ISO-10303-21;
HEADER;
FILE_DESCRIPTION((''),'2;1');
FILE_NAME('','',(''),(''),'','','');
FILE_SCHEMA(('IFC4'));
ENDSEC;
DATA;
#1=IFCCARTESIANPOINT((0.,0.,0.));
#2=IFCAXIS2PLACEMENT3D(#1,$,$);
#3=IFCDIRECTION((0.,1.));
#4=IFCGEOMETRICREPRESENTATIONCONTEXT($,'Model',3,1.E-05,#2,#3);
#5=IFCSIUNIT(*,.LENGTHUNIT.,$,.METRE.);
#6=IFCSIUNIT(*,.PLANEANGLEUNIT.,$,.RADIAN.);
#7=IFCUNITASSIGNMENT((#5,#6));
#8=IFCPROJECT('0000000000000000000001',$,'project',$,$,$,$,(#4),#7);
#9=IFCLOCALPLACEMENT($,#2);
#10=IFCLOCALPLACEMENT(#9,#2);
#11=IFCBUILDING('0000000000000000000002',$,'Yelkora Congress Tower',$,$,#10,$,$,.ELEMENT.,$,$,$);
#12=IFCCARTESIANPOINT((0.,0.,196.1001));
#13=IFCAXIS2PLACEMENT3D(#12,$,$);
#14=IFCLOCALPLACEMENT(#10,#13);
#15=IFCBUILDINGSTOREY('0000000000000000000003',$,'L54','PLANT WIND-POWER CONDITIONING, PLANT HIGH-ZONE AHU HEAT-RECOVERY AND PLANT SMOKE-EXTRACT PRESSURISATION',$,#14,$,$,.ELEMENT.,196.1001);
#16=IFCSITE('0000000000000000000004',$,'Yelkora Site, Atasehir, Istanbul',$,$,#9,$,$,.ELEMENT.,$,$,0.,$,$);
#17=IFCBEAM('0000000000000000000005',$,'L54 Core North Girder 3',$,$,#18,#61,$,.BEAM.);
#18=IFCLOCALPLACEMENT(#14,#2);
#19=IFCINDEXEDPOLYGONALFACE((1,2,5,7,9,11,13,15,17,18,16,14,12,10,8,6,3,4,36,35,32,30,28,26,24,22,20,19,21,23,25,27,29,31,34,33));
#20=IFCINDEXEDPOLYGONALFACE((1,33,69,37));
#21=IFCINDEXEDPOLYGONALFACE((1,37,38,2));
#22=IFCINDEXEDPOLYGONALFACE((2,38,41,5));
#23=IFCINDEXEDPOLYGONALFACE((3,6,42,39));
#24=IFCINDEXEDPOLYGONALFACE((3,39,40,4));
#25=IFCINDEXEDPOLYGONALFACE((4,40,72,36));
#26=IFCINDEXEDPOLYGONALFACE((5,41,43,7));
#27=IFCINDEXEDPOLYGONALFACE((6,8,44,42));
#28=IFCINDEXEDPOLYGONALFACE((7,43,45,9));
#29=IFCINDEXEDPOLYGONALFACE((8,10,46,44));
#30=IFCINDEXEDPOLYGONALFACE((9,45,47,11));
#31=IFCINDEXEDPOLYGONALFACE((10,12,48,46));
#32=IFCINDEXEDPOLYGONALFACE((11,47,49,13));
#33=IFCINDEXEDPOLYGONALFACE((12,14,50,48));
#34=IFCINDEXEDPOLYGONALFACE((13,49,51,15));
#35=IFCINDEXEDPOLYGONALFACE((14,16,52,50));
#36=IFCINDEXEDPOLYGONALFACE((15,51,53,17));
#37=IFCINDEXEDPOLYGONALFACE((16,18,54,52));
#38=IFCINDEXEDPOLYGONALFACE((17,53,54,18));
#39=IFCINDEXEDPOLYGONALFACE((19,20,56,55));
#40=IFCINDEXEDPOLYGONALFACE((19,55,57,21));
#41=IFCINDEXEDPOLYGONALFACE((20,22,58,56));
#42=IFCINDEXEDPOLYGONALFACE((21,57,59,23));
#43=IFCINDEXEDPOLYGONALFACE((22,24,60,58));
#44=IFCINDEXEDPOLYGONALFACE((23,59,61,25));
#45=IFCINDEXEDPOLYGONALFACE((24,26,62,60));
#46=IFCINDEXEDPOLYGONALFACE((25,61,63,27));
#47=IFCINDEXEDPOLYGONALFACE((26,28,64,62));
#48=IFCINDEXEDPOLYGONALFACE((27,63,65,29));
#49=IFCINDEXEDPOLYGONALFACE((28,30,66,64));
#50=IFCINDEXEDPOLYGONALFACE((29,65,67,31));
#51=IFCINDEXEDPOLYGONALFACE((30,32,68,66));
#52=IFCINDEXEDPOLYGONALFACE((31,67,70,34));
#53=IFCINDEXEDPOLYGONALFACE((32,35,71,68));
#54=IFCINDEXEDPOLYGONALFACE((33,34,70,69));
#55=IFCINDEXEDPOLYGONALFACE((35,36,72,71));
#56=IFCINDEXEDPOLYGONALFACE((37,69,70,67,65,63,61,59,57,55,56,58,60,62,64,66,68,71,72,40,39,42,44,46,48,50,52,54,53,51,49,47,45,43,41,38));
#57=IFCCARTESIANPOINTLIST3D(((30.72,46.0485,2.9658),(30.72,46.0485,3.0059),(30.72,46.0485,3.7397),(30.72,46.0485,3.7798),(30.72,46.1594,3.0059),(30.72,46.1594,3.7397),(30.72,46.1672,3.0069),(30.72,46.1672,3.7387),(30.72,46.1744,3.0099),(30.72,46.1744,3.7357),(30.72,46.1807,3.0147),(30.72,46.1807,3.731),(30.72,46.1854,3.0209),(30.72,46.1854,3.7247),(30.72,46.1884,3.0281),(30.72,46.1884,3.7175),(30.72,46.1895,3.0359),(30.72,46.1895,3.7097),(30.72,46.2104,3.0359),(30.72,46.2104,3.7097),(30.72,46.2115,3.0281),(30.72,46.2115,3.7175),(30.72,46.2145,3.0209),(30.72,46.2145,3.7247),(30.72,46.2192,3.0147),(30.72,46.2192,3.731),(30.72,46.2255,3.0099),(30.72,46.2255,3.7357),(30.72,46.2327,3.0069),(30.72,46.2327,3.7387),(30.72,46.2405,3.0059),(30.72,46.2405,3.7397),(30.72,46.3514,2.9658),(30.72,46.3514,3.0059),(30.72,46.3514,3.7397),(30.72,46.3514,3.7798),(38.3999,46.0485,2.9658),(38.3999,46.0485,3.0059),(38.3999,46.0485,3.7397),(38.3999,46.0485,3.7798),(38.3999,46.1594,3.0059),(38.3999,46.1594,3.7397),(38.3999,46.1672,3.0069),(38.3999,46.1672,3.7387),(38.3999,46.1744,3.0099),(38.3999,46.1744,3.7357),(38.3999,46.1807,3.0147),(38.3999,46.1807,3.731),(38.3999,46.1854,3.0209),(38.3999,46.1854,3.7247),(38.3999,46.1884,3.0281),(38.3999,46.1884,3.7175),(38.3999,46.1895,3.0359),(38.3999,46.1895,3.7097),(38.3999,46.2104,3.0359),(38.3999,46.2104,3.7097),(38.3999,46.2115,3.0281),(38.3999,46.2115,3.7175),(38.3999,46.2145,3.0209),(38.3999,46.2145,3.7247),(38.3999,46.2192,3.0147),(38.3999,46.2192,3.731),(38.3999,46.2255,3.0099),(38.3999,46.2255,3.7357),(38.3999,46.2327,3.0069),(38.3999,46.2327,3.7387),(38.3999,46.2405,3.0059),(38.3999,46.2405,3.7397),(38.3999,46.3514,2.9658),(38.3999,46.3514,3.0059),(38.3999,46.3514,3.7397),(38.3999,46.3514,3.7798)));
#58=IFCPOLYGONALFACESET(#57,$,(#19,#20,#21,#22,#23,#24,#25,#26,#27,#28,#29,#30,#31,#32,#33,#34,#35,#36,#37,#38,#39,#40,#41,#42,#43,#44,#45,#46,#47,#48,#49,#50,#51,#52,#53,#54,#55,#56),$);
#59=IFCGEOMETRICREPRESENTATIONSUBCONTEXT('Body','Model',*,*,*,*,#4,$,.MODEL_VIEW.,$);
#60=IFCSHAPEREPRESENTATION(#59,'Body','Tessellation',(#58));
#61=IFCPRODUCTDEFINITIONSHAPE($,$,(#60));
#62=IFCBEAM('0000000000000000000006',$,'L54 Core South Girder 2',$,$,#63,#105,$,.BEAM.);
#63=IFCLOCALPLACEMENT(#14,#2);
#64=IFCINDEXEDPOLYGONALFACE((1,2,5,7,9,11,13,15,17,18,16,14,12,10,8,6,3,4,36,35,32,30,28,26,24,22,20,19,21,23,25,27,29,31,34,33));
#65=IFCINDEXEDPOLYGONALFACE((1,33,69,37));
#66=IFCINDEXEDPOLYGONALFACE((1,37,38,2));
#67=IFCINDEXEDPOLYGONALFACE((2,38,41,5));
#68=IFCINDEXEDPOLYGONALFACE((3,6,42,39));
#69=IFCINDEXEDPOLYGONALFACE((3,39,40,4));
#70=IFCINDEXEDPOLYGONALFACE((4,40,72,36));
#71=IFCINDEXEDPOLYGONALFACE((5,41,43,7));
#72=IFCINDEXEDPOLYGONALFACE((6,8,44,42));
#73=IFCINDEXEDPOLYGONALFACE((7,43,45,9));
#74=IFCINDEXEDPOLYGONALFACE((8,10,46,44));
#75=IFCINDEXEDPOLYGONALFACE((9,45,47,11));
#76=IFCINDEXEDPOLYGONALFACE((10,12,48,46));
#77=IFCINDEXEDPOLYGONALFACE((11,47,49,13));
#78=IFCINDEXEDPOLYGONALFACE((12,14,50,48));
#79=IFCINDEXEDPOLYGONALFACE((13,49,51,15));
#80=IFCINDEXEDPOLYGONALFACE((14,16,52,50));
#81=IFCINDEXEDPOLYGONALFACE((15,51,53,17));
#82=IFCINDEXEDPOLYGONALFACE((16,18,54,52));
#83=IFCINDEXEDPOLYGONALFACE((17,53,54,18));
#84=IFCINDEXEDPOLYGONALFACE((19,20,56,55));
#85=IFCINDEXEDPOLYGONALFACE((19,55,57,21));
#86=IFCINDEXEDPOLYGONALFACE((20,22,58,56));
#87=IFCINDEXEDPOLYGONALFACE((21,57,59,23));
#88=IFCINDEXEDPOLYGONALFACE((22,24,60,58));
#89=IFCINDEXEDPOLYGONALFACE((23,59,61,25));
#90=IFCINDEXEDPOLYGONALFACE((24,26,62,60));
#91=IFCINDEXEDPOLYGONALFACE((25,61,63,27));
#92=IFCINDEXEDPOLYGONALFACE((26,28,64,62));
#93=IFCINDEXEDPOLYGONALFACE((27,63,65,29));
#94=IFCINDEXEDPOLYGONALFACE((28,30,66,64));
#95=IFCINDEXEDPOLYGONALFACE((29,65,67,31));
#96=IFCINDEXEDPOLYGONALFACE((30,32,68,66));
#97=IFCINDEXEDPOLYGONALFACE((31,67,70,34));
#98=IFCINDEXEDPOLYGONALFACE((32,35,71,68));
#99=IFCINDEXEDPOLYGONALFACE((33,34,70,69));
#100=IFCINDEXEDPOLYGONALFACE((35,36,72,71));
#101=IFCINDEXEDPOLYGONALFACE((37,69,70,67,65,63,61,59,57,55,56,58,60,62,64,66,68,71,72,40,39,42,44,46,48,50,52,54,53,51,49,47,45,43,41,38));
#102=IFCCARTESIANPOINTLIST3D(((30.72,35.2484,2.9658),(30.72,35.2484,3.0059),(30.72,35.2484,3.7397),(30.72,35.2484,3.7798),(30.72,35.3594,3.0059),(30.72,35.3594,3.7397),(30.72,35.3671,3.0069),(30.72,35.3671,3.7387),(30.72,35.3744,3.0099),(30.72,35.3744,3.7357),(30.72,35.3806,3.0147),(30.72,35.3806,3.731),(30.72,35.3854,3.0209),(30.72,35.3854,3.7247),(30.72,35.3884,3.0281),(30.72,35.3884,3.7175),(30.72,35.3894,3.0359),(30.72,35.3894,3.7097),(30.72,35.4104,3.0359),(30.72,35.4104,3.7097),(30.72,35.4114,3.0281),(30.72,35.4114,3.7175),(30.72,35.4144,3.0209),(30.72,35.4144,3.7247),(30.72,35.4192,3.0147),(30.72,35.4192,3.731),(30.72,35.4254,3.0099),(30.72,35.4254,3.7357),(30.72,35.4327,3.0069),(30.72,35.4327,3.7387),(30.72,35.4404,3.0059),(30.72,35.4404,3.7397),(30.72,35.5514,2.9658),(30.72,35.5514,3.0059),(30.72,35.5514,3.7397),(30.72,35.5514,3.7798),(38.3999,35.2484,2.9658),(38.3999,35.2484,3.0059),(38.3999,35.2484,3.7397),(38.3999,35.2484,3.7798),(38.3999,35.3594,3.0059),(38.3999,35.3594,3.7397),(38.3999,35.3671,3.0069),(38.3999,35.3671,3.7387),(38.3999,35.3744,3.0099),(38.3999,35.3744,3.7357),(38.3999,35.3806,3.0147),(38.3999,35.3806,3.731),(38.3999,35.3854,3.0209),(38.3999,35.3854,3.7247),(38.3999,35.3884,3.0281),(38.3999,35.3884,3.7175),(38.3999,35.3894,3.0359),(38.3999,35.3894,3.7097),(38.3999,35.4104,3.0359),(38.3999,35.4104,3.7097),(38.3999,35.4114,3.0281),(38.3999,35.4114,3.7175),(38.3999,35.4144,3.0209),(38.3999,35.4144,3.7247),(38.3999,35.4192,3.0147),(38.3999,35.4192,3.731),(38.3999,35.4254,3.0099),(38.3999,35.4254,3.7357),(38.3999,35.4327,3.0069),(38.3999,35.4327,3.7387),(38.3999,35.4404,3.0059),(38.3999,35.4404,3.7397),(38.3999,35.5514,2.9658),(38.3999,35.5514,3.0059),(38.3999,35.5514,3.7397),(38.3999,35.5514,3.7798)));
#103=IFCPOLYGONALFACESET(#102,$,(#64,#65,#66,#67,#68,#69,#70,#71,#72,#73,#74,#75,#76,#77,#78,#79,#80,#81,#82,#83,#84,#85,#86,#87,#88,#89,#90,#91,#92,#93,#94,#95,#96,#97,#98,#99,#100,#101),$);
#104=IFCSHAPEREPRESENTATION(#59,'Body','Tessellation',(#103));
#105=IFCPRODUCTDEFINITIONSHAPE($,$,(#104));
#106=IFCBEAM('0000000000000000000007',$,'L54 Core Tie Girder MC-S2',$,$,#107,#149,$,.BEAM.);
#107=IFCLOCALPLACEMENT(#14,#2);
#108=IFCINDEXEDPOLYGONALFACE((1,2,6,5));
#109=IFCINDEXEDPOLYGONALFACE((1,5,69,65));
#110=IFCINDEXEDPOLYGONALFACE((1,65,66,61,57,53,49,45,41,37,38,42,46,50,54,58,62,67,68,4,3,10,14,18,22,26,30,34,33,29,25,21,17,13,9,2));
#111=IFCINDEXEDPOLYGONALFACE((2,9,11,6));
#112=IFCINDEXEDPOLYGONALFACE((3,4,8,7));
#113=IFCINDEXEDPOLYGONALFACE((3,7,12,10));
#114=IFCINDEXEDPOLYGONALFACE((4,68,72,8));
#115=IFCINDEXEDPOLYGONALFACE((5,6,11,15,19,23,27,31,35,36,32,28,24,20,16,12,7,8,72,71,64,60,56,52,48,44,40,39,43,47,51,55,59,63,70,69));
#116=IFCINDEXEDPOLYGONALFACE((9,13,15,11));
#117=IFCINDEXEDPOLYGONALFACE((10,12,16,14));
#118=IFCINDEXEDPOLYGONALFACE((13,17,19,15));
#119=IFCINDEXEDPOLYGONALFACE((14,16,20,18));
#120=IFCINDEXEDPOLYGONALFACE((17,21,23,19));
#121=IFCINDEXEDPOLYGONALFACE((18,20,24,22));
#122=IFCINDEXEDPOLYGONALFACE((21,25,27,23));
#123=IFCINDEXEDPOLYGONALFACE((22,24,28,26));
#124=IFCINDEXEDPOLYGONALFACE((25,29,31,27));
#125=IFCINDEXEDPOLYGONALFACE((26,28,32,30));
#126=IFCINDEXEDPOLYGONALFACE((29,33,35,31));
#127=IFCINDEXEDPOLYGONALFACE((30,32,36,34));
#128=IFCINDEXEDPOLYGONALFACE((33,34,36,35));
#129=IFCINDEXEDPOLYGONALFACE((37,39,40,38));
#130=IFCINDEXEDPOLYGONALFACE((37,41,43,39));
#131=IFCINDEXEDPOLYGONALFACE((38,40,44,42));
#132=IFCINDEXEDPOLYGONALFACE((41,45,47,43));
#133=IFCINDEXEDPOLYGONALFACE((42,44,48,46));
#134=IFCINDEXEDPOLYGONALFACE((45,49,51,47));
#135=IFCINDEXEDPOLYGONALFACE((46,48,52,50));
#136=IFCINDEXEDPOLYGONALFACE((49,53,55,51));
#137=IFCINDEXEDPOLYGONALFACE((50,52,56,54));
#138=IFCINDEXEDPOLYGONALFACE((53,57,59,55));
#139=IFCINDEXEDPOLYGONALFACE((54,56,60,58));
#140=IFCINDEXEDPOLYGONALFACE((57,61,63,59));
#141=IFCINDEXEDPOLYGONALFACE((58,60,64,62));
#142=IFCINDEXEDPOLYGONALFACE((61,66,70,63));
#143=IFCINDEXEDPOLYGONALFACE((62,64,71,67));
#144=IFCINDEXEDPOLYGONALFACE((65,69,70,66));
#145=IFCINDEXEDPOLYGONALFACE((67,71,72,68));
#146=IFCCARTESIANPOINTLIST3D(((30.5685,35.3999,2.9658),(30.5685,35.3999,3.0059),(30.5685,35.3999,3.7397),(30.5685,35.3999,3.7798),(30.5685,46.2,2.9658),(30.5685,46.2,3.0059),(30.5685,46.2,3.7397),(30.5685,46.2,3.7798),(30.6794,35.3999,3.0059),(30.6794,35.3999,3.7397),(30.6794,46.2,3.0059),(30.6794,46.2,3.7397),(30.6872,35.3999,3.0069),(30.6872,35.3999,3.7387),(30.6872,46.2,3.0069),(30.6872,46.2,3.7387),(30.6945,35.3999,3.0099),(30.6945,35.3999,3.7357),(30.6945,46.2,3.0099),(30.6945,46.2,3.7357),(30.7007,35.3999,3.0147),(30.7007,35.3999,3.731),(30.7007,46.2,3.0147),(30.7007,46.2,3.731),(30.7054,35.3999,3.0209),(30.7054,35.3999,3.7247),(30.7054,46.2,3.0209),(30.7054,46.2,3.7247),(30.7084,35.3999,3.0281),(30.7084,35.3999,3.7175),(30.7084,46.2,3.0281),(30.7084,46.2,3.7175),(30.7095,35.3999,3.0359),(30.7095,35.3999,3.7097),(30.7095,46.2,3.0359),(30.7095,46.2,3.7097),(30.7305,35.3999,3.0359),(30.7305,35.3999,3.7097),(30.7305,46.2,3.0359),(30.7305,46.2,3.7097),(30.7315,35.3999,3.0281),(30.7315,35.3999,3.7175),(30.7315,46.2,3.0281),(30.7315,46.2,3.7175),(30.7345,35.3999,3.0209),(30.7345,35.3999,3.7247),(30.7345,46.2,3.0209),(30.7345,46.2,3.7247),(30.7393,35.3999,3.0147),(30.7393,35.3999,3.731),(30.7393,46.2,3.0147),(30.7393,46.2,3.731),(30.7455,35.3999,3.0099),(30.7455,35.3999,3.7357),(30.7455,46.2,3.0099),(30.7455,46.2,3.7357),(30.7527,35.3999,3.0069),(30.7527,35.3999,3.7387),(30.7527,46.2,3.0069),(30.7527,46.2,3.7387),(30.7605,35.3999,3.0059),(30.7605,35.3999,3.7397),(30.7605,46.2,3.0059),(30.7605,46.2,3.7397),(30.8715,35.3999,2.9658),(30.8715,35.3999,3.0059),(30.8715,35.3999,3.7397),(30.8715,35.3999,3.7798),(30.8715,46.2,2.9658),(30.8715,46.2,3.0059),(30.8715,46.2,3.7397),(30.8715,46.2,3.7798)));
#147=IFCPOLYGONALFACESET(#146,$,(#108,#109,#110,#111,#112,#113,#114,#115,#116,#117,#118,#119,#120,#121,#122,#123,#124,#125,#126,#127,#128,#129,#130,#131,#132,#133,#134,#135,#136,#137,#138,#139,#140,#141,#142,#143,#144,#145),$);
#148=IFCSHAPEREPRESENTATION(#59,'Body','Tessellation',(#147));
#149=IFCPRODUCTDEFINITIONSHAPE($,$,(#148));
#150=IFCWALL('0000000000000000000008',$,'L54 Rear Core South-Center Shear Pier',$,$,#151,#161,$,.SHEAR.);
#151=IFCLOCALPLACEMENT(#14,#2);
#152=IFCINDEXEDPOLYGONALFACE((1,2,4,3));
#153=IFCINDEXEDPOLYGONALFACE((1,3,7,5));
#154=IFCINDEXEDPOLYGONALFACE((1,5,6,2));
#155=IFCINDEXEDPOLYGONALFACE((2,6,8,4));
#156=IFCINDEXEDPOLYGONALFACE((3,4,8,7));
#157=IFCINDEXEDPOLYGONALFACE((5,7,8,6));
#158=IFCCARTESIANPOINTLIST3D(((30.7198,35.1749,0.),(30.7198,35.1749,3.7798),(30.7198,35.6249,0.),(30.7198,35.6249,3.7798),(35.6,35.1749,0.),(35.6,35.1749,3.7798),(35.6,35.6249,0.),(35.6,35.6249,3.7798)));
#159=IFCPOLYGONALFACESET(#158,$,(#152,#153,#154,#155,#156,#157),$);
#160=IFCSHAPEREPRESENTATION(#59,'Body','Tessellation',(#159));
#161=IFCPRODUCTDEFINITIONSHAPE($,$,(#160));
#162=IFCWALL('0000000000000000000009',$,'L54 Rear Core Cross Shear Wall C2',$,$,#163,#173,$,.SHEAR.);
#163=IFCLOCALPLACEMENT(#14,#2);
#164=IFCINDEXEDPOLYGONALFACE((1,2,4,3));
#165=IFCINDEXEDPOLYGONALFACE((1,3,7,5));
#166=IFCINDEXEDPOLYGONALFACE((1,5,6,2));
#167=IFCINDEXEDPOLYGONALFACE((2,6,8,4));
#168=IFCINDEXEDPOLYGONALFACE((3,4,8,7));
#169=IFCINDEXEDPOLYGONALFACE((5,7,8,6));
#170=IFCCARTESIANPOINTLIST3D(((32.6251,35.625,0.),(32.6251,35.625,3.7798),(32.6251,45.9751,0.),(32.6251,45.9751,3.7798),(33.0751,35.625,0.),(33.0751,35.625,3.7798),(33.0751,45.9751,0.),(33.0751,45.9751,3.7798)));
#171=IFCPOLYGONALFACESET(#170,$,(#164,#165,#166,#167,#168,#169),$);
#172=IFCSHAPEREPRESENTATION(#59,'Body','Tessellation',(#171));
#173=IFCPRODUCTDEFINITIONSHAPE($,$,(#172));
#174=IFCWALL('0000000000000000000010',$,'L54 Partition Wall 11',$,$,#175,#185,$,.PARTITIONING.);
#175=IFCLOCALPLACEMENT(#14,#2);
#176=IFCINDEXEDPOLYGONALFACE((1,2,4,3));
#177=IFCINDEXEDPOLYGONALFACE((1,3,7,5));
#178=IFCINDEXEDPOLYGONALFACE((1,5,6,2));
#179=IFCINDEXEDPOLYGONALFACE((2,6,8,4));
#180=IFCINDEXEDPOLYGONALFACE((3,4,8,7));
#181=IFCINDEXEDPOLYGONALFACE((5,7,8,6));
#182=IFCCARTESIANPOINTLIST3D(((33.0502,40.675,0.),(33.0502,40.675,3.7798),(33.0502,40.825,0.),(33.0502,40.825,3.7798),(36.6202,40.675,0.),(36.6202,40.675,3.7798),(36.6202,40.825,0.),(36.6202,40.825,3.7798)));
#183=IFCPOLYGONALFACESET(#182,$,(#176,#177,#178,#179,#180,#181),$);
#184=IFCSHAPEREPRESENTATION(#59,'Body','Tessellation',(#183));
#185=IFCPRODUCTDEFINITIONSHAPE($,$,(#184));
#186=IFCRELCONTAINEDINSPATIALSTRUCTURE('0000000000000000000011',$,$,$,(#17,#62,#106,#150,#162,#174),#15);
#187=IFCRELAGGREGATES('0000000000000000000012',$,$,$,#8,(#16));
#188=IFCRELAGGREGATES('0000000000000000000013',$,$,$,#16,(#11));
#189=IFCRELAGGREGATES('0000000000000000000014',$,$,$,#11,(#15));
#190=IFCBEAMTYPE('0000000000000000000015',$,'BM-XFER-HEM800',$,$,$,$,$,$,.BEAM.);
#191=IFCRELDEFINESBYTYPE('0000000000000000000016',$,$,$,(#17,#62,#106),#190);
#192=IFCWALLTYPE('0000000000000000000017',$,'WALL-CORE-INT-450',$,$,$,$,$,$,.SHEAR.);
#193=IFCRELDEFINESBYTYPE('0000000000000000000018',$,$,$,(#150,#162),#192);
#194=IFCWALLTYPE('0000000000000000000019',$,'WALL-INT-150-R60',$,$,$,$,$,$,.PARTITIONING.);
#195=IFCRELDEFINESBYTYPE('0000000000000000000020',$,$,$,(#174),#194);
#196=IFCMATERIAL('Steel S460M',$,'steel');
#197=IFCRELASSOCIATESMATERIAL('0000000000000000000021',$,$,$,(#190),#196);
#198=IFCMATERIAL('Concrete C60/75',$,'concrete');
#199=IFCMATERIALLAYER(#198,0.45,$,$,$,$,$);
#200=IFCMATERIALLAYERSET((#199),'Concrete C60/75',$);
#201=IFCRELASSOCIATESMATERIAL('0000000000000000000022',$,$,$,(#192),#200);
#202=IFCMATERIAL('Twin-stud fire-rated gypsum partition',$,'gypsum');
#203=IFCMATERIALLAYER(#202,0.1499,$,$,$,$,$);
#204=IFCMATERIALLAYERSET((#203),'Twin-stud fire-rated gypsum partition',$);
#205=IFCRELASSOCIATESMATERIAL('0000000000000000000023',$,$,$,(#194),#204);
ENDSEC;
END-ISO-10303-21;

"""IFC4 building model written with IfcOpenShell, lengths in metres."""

from ifc_helpers import new_model, si_unit, direction, frame, frame_2d, origin, origin_2d, place, context, subcontext, project, spatial, rectangle, i_section, extrude, material, layer, layer_set, material_profile, profile_set, type_object, element, save


model = new_model("IFC4")

# Units and contexts
model_context = context("Model", 3, precision=1e-05, world=origin(), true_north=direction((0.0, 1.0)))
body_context = subcontext(model_context, "Body", "Model", "MODEL_VIEW")
ifc_project = project(units=[si_unit("LENGTHUNIT", "METRE"), si_unit("PLANEANGLEUNIT", "RADIAN")], contexts=[model_context])

# Site, building, storey
site_placement = place(None, origin())
site = spatial("IfcSite", under=ifc_project, at=site_placement, Name="Yelkora Site, Atasehir, Istanbul", CompositionType="ELEMENT", RefElevation=0.0)
building_placement = place(site_placement, origin())
building = spatial("IfcBuilding", under=site, at=building_placement, Name="Yelkora Congress Tower", CompositionType="ELEMENT")
storey_placement = place(building_placement, frame((0.0, 0.0, 196.1001)))
storey = spatial("IfcBuildingStorey", under=building, at=storey_placement, Name="L54", Description="PLANT WIND-POWER CONDITIONING, PLANT HIGH-ZONE AHU HEAT-RECOVERY AND PLANT SMOKE-EXTRACT PRESSURISATION", CompositionType="ELEMENT", Elevation=196.1001)

# Shared definitions
ifc_material_1 = material(Name="Steel S460M", Category="steel")

# Beams
ifc_material_profile_1 = material_profile(ifc_material_1, i_section(OverallWidth=0.303, OverallDepth=0.814, WebThickness=0.021, FlangeThickness=0.04, FilletRadius=0.03, at=origin_2d()), Name="HEM 800")
ifc_profile_set_1 = profile_set([ifc_material_profile_1], Name="Steel S460M")
beam_type = type_object("IfcBeamType", Name="BM-XFER-HEM800", PredefinedType="BEAM", material=ifc_profile_set_1)
for number, where, z_axis, x_axis, name in (
    (1, (30.72, 46.2, 3.3728), (1.0, 0.0, 0.0), (0.0, 1.0, 0.0), "L54 Core North Girder 3"),
    (2, (30.72, 35.3999, 3.3728), (1.0, 0.0, 0.0), (0.0, 1.0, 0.0), "L54 Core South Girder 2"),
):
    element("IfcBeam", number, at=place(storey_placement, frame(where, z_axis=z_axis, x_axis=x_axis)), inside=storey, type_object=beam_type, Name=name, PredefinedType="BEAM", context=body_context, shape_type="SweptSolid", body=[
        extrude(i_section(OverallWidth=0.303, OverallDepth=0.814, WebThickness=0.021, FlangeThickness=0.04, FilletRadius=0.03, at=origin_2d()), origin(), (0.0, 0.0, 1.0), 7.6799),
    ])
beam_placement = place(storey_placement, frame((30.72, 35.3999, 3.3728), z_axis=(0.0, 1.0, 0.0), x_axis=(-1.0, 0.0, 0.0)))
element("IfcBeam", 3, at=beam_placement, inside=storey, type_object=beam_type, Name="L54 Core Tie Girder MC-S2", PredefinedType="BEAM", context=body_context, shape_type="SweptSolid", body=[
    extrude(i_section(OverallWidth=0.303, OverallDepth=0.814, WebThickness=0.021, FlangeThickness=0.04, FilletRadius=0.03, at=origin_2d()), origin(), (0.0, 0.0, 1.0), 10.8),
])

# Wall
ifc_material_2 = material(Name="Concrete C60/75", Category="concrete")
ifc_layer_1 = layer(ifc_material_2, 0.45)
ifc_layer_set_1 = layer_set([ifc_layer_1], Name="Concrete C60/75")
wall_type_1 = type_object("IfcWallType", Name="WALL-CORE-INT-450", PredefinedType="SHEAR", material=ifc_layer_set_1)
wall_1_placement = place(storey_placement, frame((30.72, 35.3999, 0.0), z_axis=(0.0, 0.0, 1.0), x_axis=(1.0, 0.0, 0.0)))
element("IfcWall", 4, at=wall_1_placement, inside=storey, type_object=wall_type_1, Name="L54 Rear Core South-Center Shear Pier", PredefinedType="SHEAR", context=body_context, shape_type="SweptSolid", body=[
    extrude(rectangle(XDim=4.8801, YDim=0.45, at=frame_2d((2.4399, 0.0))), origin(), (0.0, 0.0, 1.0), 3.7798),
])

# Walls
wall_2_placement = place(storey_placement, frame((32.8501, 35.625, 0.0), z_axis=(0.0, 0.0, 1.0), x_axis=(0.0, 1.0, 0.0)))
element("IfcWall", 5, at=wall_2_placement, inside=storey, type_object=wall_type_1, Name="L54 Rear Core Cross Shear Wall C2", PredefinedType="SHEAR", context=body_context, shape_type="SweptSolid", body=[
    extrude(rectangle(XDim=10.3501, YDim=0.45, at=frame_2d((5.175, 0.0))), origin(), (0.0, 0.0, 1.0), 3.7798),
])
ifc_material_3 = material(Name="Twin-stud fire-rated gypsum partition", Category="gypsum")
ifc_layer_2 = layer(ifc_material_3, 0.1499)
ifc_layer_set_2 = layer_set([ifc_layer_2], Name="Twin-stud fire-rated gypsum partition")
wall_type_2 = type_object("IfcWallType", Name="WALL-INT-150-R60", PredefinedType="PARTITIONING", material=ifc_layer_set_2)
wall_3_placement = place(storey_placement, frame((33.05, 40.75, 0.0), z_axis=(0.0, 0.0, 1.0), x_axis=(1.0, 0.0, 0.0)))
element("IfcWall", 6, at=wall_3_placement, inside=storey, type_object=wall_type_2, Name="L54 Partition Wall 11", PredefinedType="PARTITIONING", context=body_context, shape_type="SweptSolid", body=[
    extrude(rectangle(XDim=3.5701, YDim=0.1499, at=frame_2d((1.7852, 0.0))), origin(), (0.0, 0.0, 1.0), 3.7798),
])

save(model, "model.ifc")
